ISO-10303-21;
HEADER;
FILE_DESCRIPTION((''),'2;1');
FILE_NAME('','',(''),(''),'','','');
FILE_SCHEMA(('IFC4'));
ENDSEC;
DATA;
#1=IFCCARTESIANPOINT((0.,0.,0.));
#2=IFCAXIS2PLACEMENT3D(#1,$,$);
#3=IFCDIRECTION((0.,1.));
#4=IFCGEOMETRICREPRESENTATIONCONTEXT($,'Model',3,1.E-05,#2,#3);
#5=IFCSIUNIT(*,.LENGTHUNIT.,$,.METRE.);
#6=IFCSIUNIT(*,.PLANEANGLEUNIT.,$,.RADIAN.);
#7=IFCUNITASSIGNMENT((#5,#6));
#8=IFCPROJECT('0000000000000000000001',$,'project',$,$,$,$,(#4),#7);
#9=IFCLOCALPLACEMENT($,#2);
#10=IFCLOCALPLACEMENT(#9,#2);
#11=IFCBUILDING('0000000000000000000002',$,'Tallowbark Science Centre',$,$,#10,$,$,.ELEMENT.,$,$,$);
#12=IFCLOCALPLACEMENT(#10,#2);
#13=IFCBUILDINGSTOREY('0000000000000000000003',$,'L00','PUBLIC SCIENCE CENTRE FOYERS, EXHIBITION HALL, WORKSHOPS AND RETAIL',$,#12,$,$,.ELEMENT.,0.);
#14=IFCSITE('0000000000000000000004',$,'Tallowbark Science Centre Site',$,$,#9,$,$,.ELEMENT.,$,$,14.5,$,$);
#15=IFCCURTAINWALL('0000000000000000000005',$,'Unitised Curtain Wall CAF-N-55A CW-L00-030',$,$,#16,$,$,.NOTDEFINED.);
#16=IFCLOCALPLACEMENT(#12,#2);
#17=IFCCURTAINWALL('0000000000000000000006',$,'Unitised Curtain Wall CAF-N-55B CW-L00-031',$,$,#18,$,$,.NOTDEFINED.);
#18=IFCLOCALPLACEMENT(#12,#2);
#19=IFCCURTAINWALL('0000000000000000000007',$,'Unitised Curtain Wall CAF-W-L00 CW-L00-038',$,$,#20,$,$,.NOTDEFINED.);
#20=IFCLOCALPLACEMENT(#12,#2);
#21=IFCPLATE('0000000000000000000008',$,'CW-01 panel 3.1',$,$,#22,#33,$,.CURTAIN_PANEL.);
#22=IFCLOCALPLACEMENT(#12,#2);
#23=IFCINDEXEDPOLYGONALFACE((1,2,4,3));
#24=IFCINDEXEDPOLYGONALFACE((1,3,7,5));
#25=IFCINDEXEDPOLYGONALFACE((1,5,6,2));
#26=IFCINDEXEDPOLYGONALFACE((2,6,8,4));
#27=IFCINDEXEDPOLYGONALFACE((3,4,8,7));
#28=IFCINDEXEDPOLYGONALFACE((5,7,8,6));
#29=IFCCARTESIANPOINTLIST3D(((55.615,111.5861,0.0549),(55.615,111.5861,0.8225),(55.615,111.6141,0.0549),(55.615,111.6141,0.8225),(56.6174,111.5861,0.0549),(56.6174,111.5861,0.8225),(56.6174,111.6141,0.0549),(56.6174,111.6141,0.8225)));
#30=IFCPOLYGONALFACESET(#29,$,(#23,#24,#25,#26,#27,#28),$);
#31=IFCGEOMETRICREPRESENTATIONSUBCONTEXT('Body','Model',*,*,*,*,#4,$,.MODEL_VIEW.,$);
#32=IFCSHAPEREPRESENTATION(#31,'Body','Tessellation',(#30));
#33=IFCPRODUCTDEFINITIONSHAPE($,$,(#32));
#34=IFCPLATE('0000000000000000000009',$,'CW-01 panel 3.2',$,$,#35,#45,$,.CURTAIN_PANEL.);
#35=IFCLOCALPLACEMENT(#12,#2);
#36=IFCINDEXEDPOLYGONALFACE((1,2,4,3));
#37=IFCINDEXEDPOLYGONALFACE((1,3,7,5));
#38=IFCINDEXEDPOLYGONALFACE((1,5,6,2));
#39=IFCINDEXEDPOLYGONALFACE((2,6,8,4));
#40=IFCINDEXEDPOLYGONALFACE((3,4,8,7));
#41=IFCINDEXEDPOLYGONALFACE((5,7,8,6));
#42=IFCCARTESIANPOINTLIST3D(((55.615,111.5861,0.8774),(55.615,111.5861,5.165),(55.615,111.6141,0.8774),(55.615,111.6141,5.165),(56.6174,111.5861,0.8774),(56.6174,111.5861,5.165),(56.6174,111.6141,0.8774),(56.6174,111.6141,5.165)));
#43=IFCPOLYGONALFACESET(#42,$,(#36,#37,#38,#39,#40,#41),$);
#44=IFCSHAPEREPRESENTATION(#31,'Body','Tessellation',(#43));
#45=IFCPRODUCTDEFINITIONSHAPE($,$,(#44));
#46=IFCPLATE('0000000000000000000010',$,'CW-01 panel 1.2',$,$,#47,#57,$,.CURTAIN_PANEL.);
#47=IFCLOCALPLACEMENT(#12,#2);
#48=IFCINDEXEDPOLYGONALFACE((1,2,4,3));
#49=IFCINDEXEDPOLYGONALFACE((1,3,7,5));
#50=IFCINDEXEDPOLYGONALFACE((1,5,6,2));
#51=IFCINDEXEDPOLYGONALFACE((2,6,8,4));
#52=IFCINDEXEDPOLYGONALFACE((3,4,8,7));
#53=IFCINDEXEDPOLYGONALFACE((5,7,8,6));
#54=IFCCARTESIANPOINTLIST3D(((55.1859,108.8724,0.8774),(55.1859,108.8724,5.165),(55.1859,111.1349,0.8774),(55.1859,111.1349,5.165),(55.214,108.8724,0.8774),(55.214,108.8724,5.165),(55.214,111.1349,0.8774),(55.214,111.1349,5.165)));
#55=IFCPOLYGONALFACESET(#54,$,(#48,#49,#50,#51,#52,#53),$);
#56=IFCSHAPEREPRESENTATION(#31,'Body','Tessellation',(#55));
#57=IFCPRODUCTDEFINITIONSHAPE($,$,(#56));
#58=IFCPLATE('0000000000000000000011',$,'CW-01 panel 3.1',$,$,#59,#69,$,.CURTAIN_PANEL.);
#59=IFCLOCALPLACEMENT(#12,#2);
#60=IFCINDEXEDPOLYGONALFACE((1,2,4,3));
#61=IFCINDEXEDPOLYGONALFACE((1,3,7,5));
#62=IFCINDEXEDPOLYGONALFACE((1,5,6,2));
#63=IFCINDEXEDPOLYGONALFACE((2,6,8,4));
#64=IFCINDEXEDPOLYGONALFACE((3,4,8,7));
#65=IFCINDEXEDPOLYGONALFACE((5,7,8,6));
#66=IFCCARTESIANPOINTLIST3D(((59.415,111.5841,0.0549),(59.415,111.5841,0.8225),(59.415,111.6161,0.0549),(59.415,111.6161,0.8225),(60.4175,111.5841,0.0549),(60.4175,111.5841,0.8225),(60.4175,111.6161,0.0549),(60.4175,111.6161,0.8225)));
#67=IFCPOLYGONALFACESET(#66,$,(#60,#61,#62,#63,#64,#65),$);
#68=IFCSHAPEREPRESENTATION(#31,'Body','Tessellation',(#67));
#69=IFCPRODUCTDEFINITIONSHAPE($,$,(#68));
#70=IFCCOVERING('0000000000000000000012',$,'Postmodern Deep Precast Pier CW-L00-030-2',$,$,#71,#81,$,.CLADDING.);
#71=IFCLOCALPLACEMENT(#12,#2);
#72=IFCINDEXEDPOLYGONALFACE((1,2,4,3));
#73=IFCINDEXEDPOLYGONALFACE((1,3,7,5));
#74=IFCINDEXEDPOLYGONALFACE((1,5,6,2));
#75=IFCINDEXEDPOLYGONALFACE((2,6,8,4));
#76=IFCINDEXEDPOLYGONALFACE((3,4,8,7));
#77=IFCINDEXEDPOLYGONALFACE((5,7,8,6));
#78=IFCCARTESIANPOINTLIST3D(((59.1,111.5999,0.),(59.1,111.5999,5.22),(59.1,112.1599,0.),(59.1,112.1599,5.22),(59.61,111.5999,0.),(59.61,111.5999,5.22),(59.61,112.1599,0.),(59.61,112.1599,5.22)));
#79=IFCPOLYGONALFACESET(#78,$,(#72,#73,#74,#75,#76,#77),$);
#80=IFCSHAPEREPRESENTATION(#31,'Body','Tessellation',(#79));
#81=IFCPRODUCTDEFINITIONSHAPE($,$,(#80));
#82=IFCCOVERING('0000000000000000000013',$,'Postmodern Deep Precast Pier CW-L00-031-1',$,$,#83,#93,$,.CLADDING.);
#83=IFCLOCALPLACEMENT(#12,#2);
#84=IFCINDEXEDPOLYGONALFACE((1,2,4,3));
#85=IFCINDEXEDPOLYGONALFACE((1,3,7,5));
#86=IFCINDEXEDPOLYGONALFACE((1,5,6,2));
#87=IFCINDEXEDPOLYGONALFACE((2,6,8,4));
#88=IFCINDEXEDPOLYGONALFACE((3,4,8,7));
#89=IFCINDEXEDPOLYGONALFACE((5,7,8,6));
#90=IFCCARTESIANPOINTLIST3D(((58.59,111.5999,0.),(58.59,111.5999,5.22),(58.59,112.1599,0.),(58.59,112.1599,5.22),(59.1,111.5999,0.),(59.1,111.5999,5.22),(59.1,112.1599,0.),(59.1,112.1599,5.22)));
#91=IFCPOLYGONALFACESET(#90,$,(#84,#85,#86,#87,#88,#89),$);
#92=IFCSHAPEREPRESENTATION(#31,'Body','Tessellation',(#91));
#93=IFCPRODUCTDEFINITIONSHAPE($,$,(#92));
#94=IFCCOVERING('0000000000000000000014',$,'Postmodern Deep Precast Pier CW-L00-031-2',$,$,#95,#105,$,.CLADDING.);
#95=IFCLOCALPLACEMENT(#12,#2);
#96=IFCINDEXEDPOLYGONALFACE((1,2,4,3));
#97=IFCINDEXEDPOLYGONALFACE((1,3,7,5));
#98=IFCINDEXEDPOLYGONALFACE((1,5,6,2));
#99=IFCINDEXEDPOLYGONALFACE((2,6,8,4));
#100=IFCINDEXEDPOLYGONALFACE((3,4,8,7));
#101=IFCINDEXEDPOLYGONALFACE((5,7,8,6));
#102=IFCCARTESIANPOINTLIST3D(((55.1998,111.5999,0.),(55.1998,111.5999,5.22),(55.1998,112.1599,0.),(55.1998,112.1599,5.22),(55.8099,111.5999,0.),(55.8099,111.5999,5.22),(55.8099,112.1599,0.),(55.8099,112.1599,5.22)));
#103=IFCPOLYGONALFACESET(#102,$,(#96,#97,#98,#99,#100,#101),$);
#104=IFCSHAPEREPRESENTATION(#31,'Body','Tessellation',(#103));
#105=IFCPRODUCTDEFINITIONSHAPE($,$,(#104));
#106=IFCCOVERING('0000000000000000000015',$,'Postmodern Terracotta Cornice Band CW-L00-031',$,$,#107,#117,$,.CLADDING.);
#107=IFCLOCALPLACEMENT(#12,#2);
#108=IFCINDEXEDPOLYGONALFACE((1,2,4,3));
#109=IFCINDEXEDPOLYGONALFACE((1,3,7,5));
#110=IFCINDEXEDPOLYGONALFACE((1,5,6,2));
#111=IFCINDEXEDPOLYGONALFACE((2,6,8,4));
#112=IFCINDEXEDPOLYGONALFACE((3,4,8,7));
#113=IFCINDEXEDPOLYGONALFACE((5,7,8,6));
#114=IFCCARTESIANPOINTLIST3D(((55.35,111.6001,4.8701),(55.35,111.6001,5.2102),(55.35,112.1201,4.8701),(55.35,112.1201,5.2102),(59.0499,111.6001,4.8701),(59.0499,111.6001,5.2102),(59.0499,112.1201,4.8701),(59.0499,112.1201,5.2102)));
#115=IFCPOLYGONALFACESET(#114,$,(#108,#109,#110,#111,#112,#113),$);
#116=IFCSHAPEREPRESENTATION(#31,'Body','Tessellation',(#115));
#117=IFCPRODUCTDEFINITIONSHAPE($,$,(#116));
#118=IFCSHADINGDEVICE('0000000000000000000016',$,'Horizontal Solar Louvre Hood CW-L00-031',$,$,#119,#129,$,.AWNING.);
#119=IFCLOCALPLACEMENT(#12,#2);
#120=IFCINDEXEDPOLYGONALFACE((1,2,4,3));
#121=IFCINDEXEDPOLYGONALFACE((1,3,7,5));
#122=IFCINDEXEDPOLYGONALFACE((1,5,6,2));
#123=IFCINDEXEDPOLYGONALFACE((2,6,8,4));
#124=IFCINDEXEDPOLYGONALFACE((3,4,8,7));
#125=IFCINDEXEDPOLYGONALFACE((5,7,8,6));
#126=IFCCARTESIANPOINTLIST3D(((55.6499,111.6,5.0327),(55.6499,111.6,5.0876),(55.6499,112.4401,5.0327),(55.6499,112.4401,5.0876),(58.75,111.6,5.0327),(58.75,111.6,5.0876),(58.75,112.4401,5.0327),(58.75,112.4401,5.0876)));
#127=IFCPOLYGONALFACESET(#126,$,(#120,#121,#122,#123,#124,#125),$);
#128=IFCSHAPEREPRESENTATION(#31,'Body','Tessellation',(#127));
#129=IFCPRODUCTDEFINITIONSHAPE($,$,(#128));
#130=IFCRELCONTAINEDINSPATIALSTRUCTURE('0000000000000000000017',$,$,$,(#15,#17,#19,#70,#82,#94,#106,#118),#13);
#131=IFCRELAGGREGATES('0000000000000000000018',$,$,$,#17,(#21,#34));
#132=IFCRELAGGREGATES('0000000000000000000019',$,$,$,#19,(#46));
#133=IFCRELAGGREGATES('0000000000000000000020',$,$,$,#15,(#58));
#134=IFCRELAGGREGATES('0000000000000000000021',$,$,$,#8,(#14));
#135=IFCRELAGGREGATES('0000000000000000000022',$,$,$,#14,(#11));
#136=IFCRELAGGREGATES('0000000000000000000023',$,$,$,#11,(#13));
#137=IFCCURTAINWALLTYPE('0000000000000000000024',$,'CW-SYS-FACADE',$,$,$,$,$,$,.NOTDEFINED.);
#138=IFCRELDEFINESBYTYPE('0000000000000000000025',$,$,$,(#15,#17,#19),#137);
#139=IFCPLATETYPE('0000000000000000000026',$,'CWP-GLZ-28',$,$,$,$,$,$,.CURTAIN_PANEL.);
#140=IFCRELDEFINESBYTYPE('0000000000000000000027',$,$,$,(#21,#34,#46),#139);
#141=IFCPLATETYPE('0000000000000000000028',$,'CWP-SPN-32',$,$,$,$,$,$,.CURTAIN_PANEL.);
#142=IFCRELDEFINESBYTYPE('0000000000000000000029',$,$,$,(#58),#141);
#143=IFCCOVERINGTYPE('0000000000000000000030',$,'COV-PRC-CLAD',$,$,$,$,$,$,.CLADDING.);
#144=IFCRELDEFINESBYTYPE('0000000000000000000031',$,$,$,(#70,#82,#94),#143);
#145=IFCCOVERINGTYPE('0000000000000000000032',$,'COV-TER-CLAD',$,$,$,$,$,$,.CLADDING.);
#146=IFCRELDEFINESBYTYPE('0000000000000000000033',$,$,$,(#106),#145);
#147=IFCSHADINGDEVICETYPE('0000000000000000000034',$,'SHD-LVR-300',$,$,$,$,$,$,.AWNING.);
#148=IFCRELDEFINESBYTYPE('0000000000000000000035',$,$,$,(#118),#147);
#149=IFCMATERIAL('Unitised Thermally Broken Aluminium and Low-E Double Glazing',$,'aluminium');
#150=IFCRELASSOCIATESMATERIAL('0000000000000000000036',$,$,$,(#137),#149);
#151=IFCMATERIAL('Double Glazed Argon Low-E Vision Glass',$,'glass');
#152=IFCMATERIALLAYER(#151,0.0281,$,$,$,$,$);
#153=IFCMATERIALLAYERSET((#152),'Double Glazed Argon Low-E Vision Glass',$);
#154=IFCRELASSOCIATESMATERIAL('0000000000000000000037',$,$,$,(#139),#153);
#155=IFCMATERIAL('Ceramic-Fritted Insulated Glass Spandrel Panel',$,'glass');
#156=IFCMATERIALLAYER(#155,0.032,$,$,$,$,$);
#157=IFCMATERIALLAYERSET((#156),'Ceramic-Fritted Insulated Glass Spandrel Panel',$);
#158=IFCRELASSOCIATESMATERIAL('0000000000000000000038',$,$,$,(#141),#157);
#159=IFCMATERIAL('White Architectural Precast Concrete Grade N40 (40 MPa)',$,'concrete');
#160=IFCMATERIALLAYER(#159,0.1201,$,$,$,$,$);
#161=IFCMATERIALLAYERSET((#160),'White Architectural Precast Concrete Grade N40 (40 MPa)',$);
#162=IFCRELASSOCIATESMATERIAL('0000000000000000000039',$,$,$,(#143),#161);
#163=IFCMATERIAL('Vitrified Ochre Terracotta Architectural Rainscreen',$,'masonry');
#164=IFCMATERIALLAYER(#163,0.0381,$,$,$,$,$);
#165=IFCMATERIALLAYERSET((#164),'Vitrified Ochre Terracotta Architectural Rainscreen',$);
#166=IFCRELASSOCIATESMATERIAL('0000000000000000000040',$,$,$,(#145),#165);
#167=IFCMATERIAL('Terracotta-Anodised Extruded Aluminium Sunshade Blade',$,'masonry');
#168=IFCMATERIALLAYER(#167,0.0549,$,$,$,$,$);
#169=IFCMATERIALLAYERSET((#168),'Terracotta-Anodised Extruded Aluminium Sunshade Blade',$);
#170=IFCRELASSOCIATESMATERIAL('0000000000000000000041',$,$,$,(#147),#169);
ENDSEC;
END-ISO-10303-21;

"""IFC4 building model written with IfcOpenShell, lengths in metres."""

from ifc_helpers import new_model, si_unit, direction, frame, origin, origin_2d, place, context, subcontext, project, spatial, rectangle, extrude, material, layer, layer_set, type_object, element, aggregate, save


model = new_model("IFC4")

# Units and contexts
model_context = context("Model", 3, precision=1e-05, world=origin(), true_north=direction((0.0, 1.0)))
body_context = subcontext(model_context, "Body", "Model", "MODEL_VIEW")
ifc_project = project(units=[si_unit("LENGTHUNIT", "METRE"), si_unit("PLANEANGLEUNIT", "RADIAN")], contexts=[model_context])

# Site, building, storey
site_placement = place(None, origin())
site = spatial("IfcSite", under=ifc_project, at=site_placement, Name="Tallowbark Science Centre Site", CompositionType="ELEMENT", RefElevation=14.5)
building_placement = place(site_placement, origin())
building = spatial("IfcBuilding", under=site, at=building_placement, Name="Tallowbark Science Centre", CompositionType="ELEMENT")
storey_placement = place(building_placement, origin())
storey = spatial("IfcBuildingStorey", under=building, at=storey_placement, Name="L00", Description="PUBLIC SCIENCE CENTRE FOYERS, EXHIBITION HALL, WORKSHOPS AND RETAIL", CompositionType="ELEMENT", Elevation=0.0)

# Curtain wall
ifc_material_1 = material(Name="Unitised Thermally Broken Aluminium and Low-E Double Glazing", Category="aluminium")
curtain_wall_type = type_object("IfcCurtainWallType", Name="CW-SYS-FACADE", PredefinedType="NOTDEFINED", material=ifc_material_1)
curtain_wall_1_placement = place(storey_placement, origin())
curtain_wall_1 = element("IfcCurtainWall", 1, at=curtain_wall_1_placement, inside=storey, type_object=curtain_wall_type, Name="Unitised Curtain Wall CAF-N-55A CW-L00-030", PredefinedType="NOTDEFINED")

# Curtain wall
curtain_wall_2_placement = place(storey_placement, origin())
curtain_wall_2 = element("IfcCurtainWall", 2, at=curtain_wall_2_placement, inside=storey, type_object=curtain_wall_type, Name="Unitised Curtain Wall CAF-N-55B CW-L00-031", PredefinedType="NOTDEFINED")

# Curtain wall
curtain_wall_3_placement = place(storey_placement, origin())
curtain_wall_3 = element("IfcCurtainWall", 3, at=curtain_wall_3_placement, inside=storey, type_object=curtain_wall_type, Name="Unitised Curtain Wall CAF-W-L00 CW-L00-038", PredefinedType="NOTDEFINED")

# Plates
ifc_material_2 = material(Name="Double Glazed Argon Low-E Vision Glass", Category="glass")
ifc_layer_1 = layer(ifc_material_2, 0.0281)
ifc_layer_set_1 = layer_set([ifc_layer_1], Name="Double Glazed Argon Low-E Vision Glass")
plate_type_1 = type_object("IfcPlateType", Name="CWP-GLZ-28", PredefinedType="CURTAIN_PANEL", material=ifc_layer_set_1)
plate_1_placement = place(storey_placement, frame((56.1162, 111.6001, 0.0549), z_axis=(0.0, 0.0, 1.0), x_axis=(-1.0, 0.0, 0.0)))
plate_1 = element("IfcPlate", 4, at=plate_1_placement, type_object=plate_type_1, Name="CW-01 panel 3.1", PredefinedType="CURTAIN_PANEL", context=body_context, shape_type="SweptSolid", body=[
    extrude(rectangle(XDim=1.0024, YDim=0.0281, at=origin_2d()), origin(), (0.0, 0.0, 1.0), 0.7676),
])
plate_2_placement = place(storey_placement, frame((56.1162, 111.6001, 0.8774), z_axis=(0.0, 0.0, 1.0), x_axis=(-1.0, 0.0, 0.0)))
plate_2 = element("IfcPlate", 5, at=plate_2_placement, type_object=plate_type_1, Name="CW-01 panel 3.2", PredefinedType="CURTAIN_PANEL", context=body_context, shape_type="SweptSolid", body=[
    extrude(rectangle(XDim=1.0024, YDim=0.0281, at=origin_2d()), origin(), (0.0, 0.0, 1.0), 4.2876),
])
aggregate(curtain_wall_2, [plate_1, plate_2])
plate_3_placement = place(storey_placement, frame((55.2, 110.0037, 0.8774), z_axis=(0.0, 0.0, 1.0), x_axis=(0.0, -1.0, 0.0)))
plate_3 = element("IfcPlate", 6, at=plate_3_placement, type_object=plate_type_1, Name="CW-01 panel 1.2", PredefinedType="CURTAIN_PANEL", context=body_context, shape_type="SweptSolid", body=[
    extrude(rectangle(XDim=2.2625, YDim=0.0281, at=origin_2d()), origin(), (0.0, 0.0, 1.0), 4.2876),
])
aggregate(curtain_wall_3, [plate_3])
ifc_material_3 = material(Name="Ceramic-Fritted Insulated Glass Spandrel Panel", Category="glass")
ifc_layer_2 = layer(ifc_material_3, 0.032)
ifc_layer_set_2 = layer_set([ifc_layer_2], Name="Ceramic-Fritted Insulated Glass Spandrel Panel")
plate_type_2 = type_object("IfcPlateType", Name="CWP-SPN-32", PredefinedType="CURTAIN_PANEL", material=ifc_layer_set_2)
plate_4_placement = place(storey_placement, frame((59.9163, 111.6001, 0.0549), z_axis=(0.0, 0.0, 1.0), x_axis=(-1.0, 0.0, 0.0)))
plate_4 = element("IfcPlate", 7, at=plate_4_placement, type_object=plate_type_2, Name="CW-01 panel 3.1", PredefinedType="CURTAIN_PANEL", context=body_context, shape_type="SweptSolid", body=[
    extrude(rectangle(XDim=1.0024, YDim=0.032, at=origin_2d()), origin(), (0.0, 0.0, 1.0), 0.7676),
])
aggregate(curtain_wall_1, [plate_4])

# Coverings
ifc_material_4 = material(Name="White Architectural Precast Concrete Grade N40 (40 MPa)", Category="concrete")
ifc_layer_3 = layer(ifc_material_4, 0.1201)
ifc_layer_set_3 = layer_set([ifc_layer_3], Name="White Architectural Precast Concrete Grade N40 (40 MPa)")
covering_type_1 = type_object("IfcCoveringType", Name="COV-PRC-CLAD", PredefinedType="CLADDING", material=ifc_layer_set_3)
for number, where, z_axis, x_axis, name in (
    (8, (59.355, 111.8799, 0.0), (0.0, 0.0, 1.0), (-1.0, 0.0, 0.0), "Postmodern Deep Precast Pier CW-L00-030-2"),
    (9, (58.845, 111.8799, 0.0), (0.0, 0.0, 1.0), (-1.0, 0.0, 0.0), "Postmodern Deep Precast Pier CW-L00-031-1"),
):
    element("IfcCovering", number, at=place(storey_placement, frame(where, z_axis=z_axis, x_axis=x_axis)), inside=storey, type_object=covering_type_1, Name=name, PredefinedType="CLADDING", context=body_context, shape_type="SweptSolid", body=[
        extrude(rectangle(XDim=0.51, YDim=0.5601, at=origin_2d()), origin(), (0.0, 0.0, 1.0), 5.22),
    ])
covering_1_placement = place(storey_placement, frame((55.5049, 111.8799, 0.0), z_axis=(0.0, 0.0, 1.0), x_axis=(-1.0, 0.0, 0.0)))
element("IfcCovering", 10, at=covering_1_placement, inside=storey, type_object=covering_type_1, Name="Postmodern Deep Precast Pier CW-L00-031-2", PredefinedType="CLADDING", context=body_context, shape_type="SweptSolid", body=[
    extrude(rectangle(XDim=0.6101, YDim=0.5601, at=origin_2d()), origin(), (0.0, 0.0, 1.0), 5.22),
])
ifc_material_5 = material(Name="Vitrified Ochre Terracotta Architectural Rainscreen", Category="masonry")
ifc_layer_4 = layer(ifc_material_5, 0.0381)
ifc_layer_set_4 = layer_set([ifc_layer_4], Name="Vitrified Ochre Terracotta Architectural Rainscreen")
covering_type_2 = type_object("IfcCoveringType", Name="COV-TER-CLAD", PredefinedType="CLADDING", material=ifc_layer_set_4)
covering_2_placement = place(storey_placement, frame((57.2, 111.8601, 4.8701), z_axis=(0.0, 0.0, 1.0), x_axis=(-1.0, 0.0, 0.0)))
element("IfcCovering", 11, at=covering_2_placement, inside=storey, type_object=covering_type_2, Name="Postmodern Terracotta Cornice Band CW-L00-031", PredefinedType="CLADDING", context=body_context, shape_type="SweptSolid", body=[
    extrude(rectangle(XDim=3.7, YDim=0.52, at=origin_2d()), origin(), (0.0, 0.0, 1.0), 0.3401),
])

# Shading device
ifc_material_6 = material(Name="Terracotta-Anodised Extruded Aluminium Sunshade Blade", Category="masonry")
ifc_layer_5 = layer(ifc_material_6, 0.0549)
ifc_layer_set_5 = layer_set([ifc_layer_5], Name="Terracotta-Anodised Extruded Aluminium Sunshade Blade")
shading_device_type = type_object("IfcShadingDeviceType", Name="SHD-LVR-300", PredefinedType="AWNING", material=ifc_layer_set_5)
shading_device_placement = place(storey_placement, frame((57.2, 112.02, 5.0327), z_axis=(0.0, 0.0, 1.0), x_axis=(-1.0, 0.0, 0.0)))
element("IfcShadingDevice", 12, at=shading_device_placement, inside=storey, type_object=shading_device_type, Name="Horizontal Solar Louvre Hood CW-L00-031", PredefinedType="AWNING", context=body_context, shape_type="SweptSolid", body=[
    extrude(rectangle(XDim=3.1001, YDim=0.8401, at=origin_2d()), origin(), (0.0, 0.0, 1.0), 0.0549),
])

save(model, "model.ifc")
